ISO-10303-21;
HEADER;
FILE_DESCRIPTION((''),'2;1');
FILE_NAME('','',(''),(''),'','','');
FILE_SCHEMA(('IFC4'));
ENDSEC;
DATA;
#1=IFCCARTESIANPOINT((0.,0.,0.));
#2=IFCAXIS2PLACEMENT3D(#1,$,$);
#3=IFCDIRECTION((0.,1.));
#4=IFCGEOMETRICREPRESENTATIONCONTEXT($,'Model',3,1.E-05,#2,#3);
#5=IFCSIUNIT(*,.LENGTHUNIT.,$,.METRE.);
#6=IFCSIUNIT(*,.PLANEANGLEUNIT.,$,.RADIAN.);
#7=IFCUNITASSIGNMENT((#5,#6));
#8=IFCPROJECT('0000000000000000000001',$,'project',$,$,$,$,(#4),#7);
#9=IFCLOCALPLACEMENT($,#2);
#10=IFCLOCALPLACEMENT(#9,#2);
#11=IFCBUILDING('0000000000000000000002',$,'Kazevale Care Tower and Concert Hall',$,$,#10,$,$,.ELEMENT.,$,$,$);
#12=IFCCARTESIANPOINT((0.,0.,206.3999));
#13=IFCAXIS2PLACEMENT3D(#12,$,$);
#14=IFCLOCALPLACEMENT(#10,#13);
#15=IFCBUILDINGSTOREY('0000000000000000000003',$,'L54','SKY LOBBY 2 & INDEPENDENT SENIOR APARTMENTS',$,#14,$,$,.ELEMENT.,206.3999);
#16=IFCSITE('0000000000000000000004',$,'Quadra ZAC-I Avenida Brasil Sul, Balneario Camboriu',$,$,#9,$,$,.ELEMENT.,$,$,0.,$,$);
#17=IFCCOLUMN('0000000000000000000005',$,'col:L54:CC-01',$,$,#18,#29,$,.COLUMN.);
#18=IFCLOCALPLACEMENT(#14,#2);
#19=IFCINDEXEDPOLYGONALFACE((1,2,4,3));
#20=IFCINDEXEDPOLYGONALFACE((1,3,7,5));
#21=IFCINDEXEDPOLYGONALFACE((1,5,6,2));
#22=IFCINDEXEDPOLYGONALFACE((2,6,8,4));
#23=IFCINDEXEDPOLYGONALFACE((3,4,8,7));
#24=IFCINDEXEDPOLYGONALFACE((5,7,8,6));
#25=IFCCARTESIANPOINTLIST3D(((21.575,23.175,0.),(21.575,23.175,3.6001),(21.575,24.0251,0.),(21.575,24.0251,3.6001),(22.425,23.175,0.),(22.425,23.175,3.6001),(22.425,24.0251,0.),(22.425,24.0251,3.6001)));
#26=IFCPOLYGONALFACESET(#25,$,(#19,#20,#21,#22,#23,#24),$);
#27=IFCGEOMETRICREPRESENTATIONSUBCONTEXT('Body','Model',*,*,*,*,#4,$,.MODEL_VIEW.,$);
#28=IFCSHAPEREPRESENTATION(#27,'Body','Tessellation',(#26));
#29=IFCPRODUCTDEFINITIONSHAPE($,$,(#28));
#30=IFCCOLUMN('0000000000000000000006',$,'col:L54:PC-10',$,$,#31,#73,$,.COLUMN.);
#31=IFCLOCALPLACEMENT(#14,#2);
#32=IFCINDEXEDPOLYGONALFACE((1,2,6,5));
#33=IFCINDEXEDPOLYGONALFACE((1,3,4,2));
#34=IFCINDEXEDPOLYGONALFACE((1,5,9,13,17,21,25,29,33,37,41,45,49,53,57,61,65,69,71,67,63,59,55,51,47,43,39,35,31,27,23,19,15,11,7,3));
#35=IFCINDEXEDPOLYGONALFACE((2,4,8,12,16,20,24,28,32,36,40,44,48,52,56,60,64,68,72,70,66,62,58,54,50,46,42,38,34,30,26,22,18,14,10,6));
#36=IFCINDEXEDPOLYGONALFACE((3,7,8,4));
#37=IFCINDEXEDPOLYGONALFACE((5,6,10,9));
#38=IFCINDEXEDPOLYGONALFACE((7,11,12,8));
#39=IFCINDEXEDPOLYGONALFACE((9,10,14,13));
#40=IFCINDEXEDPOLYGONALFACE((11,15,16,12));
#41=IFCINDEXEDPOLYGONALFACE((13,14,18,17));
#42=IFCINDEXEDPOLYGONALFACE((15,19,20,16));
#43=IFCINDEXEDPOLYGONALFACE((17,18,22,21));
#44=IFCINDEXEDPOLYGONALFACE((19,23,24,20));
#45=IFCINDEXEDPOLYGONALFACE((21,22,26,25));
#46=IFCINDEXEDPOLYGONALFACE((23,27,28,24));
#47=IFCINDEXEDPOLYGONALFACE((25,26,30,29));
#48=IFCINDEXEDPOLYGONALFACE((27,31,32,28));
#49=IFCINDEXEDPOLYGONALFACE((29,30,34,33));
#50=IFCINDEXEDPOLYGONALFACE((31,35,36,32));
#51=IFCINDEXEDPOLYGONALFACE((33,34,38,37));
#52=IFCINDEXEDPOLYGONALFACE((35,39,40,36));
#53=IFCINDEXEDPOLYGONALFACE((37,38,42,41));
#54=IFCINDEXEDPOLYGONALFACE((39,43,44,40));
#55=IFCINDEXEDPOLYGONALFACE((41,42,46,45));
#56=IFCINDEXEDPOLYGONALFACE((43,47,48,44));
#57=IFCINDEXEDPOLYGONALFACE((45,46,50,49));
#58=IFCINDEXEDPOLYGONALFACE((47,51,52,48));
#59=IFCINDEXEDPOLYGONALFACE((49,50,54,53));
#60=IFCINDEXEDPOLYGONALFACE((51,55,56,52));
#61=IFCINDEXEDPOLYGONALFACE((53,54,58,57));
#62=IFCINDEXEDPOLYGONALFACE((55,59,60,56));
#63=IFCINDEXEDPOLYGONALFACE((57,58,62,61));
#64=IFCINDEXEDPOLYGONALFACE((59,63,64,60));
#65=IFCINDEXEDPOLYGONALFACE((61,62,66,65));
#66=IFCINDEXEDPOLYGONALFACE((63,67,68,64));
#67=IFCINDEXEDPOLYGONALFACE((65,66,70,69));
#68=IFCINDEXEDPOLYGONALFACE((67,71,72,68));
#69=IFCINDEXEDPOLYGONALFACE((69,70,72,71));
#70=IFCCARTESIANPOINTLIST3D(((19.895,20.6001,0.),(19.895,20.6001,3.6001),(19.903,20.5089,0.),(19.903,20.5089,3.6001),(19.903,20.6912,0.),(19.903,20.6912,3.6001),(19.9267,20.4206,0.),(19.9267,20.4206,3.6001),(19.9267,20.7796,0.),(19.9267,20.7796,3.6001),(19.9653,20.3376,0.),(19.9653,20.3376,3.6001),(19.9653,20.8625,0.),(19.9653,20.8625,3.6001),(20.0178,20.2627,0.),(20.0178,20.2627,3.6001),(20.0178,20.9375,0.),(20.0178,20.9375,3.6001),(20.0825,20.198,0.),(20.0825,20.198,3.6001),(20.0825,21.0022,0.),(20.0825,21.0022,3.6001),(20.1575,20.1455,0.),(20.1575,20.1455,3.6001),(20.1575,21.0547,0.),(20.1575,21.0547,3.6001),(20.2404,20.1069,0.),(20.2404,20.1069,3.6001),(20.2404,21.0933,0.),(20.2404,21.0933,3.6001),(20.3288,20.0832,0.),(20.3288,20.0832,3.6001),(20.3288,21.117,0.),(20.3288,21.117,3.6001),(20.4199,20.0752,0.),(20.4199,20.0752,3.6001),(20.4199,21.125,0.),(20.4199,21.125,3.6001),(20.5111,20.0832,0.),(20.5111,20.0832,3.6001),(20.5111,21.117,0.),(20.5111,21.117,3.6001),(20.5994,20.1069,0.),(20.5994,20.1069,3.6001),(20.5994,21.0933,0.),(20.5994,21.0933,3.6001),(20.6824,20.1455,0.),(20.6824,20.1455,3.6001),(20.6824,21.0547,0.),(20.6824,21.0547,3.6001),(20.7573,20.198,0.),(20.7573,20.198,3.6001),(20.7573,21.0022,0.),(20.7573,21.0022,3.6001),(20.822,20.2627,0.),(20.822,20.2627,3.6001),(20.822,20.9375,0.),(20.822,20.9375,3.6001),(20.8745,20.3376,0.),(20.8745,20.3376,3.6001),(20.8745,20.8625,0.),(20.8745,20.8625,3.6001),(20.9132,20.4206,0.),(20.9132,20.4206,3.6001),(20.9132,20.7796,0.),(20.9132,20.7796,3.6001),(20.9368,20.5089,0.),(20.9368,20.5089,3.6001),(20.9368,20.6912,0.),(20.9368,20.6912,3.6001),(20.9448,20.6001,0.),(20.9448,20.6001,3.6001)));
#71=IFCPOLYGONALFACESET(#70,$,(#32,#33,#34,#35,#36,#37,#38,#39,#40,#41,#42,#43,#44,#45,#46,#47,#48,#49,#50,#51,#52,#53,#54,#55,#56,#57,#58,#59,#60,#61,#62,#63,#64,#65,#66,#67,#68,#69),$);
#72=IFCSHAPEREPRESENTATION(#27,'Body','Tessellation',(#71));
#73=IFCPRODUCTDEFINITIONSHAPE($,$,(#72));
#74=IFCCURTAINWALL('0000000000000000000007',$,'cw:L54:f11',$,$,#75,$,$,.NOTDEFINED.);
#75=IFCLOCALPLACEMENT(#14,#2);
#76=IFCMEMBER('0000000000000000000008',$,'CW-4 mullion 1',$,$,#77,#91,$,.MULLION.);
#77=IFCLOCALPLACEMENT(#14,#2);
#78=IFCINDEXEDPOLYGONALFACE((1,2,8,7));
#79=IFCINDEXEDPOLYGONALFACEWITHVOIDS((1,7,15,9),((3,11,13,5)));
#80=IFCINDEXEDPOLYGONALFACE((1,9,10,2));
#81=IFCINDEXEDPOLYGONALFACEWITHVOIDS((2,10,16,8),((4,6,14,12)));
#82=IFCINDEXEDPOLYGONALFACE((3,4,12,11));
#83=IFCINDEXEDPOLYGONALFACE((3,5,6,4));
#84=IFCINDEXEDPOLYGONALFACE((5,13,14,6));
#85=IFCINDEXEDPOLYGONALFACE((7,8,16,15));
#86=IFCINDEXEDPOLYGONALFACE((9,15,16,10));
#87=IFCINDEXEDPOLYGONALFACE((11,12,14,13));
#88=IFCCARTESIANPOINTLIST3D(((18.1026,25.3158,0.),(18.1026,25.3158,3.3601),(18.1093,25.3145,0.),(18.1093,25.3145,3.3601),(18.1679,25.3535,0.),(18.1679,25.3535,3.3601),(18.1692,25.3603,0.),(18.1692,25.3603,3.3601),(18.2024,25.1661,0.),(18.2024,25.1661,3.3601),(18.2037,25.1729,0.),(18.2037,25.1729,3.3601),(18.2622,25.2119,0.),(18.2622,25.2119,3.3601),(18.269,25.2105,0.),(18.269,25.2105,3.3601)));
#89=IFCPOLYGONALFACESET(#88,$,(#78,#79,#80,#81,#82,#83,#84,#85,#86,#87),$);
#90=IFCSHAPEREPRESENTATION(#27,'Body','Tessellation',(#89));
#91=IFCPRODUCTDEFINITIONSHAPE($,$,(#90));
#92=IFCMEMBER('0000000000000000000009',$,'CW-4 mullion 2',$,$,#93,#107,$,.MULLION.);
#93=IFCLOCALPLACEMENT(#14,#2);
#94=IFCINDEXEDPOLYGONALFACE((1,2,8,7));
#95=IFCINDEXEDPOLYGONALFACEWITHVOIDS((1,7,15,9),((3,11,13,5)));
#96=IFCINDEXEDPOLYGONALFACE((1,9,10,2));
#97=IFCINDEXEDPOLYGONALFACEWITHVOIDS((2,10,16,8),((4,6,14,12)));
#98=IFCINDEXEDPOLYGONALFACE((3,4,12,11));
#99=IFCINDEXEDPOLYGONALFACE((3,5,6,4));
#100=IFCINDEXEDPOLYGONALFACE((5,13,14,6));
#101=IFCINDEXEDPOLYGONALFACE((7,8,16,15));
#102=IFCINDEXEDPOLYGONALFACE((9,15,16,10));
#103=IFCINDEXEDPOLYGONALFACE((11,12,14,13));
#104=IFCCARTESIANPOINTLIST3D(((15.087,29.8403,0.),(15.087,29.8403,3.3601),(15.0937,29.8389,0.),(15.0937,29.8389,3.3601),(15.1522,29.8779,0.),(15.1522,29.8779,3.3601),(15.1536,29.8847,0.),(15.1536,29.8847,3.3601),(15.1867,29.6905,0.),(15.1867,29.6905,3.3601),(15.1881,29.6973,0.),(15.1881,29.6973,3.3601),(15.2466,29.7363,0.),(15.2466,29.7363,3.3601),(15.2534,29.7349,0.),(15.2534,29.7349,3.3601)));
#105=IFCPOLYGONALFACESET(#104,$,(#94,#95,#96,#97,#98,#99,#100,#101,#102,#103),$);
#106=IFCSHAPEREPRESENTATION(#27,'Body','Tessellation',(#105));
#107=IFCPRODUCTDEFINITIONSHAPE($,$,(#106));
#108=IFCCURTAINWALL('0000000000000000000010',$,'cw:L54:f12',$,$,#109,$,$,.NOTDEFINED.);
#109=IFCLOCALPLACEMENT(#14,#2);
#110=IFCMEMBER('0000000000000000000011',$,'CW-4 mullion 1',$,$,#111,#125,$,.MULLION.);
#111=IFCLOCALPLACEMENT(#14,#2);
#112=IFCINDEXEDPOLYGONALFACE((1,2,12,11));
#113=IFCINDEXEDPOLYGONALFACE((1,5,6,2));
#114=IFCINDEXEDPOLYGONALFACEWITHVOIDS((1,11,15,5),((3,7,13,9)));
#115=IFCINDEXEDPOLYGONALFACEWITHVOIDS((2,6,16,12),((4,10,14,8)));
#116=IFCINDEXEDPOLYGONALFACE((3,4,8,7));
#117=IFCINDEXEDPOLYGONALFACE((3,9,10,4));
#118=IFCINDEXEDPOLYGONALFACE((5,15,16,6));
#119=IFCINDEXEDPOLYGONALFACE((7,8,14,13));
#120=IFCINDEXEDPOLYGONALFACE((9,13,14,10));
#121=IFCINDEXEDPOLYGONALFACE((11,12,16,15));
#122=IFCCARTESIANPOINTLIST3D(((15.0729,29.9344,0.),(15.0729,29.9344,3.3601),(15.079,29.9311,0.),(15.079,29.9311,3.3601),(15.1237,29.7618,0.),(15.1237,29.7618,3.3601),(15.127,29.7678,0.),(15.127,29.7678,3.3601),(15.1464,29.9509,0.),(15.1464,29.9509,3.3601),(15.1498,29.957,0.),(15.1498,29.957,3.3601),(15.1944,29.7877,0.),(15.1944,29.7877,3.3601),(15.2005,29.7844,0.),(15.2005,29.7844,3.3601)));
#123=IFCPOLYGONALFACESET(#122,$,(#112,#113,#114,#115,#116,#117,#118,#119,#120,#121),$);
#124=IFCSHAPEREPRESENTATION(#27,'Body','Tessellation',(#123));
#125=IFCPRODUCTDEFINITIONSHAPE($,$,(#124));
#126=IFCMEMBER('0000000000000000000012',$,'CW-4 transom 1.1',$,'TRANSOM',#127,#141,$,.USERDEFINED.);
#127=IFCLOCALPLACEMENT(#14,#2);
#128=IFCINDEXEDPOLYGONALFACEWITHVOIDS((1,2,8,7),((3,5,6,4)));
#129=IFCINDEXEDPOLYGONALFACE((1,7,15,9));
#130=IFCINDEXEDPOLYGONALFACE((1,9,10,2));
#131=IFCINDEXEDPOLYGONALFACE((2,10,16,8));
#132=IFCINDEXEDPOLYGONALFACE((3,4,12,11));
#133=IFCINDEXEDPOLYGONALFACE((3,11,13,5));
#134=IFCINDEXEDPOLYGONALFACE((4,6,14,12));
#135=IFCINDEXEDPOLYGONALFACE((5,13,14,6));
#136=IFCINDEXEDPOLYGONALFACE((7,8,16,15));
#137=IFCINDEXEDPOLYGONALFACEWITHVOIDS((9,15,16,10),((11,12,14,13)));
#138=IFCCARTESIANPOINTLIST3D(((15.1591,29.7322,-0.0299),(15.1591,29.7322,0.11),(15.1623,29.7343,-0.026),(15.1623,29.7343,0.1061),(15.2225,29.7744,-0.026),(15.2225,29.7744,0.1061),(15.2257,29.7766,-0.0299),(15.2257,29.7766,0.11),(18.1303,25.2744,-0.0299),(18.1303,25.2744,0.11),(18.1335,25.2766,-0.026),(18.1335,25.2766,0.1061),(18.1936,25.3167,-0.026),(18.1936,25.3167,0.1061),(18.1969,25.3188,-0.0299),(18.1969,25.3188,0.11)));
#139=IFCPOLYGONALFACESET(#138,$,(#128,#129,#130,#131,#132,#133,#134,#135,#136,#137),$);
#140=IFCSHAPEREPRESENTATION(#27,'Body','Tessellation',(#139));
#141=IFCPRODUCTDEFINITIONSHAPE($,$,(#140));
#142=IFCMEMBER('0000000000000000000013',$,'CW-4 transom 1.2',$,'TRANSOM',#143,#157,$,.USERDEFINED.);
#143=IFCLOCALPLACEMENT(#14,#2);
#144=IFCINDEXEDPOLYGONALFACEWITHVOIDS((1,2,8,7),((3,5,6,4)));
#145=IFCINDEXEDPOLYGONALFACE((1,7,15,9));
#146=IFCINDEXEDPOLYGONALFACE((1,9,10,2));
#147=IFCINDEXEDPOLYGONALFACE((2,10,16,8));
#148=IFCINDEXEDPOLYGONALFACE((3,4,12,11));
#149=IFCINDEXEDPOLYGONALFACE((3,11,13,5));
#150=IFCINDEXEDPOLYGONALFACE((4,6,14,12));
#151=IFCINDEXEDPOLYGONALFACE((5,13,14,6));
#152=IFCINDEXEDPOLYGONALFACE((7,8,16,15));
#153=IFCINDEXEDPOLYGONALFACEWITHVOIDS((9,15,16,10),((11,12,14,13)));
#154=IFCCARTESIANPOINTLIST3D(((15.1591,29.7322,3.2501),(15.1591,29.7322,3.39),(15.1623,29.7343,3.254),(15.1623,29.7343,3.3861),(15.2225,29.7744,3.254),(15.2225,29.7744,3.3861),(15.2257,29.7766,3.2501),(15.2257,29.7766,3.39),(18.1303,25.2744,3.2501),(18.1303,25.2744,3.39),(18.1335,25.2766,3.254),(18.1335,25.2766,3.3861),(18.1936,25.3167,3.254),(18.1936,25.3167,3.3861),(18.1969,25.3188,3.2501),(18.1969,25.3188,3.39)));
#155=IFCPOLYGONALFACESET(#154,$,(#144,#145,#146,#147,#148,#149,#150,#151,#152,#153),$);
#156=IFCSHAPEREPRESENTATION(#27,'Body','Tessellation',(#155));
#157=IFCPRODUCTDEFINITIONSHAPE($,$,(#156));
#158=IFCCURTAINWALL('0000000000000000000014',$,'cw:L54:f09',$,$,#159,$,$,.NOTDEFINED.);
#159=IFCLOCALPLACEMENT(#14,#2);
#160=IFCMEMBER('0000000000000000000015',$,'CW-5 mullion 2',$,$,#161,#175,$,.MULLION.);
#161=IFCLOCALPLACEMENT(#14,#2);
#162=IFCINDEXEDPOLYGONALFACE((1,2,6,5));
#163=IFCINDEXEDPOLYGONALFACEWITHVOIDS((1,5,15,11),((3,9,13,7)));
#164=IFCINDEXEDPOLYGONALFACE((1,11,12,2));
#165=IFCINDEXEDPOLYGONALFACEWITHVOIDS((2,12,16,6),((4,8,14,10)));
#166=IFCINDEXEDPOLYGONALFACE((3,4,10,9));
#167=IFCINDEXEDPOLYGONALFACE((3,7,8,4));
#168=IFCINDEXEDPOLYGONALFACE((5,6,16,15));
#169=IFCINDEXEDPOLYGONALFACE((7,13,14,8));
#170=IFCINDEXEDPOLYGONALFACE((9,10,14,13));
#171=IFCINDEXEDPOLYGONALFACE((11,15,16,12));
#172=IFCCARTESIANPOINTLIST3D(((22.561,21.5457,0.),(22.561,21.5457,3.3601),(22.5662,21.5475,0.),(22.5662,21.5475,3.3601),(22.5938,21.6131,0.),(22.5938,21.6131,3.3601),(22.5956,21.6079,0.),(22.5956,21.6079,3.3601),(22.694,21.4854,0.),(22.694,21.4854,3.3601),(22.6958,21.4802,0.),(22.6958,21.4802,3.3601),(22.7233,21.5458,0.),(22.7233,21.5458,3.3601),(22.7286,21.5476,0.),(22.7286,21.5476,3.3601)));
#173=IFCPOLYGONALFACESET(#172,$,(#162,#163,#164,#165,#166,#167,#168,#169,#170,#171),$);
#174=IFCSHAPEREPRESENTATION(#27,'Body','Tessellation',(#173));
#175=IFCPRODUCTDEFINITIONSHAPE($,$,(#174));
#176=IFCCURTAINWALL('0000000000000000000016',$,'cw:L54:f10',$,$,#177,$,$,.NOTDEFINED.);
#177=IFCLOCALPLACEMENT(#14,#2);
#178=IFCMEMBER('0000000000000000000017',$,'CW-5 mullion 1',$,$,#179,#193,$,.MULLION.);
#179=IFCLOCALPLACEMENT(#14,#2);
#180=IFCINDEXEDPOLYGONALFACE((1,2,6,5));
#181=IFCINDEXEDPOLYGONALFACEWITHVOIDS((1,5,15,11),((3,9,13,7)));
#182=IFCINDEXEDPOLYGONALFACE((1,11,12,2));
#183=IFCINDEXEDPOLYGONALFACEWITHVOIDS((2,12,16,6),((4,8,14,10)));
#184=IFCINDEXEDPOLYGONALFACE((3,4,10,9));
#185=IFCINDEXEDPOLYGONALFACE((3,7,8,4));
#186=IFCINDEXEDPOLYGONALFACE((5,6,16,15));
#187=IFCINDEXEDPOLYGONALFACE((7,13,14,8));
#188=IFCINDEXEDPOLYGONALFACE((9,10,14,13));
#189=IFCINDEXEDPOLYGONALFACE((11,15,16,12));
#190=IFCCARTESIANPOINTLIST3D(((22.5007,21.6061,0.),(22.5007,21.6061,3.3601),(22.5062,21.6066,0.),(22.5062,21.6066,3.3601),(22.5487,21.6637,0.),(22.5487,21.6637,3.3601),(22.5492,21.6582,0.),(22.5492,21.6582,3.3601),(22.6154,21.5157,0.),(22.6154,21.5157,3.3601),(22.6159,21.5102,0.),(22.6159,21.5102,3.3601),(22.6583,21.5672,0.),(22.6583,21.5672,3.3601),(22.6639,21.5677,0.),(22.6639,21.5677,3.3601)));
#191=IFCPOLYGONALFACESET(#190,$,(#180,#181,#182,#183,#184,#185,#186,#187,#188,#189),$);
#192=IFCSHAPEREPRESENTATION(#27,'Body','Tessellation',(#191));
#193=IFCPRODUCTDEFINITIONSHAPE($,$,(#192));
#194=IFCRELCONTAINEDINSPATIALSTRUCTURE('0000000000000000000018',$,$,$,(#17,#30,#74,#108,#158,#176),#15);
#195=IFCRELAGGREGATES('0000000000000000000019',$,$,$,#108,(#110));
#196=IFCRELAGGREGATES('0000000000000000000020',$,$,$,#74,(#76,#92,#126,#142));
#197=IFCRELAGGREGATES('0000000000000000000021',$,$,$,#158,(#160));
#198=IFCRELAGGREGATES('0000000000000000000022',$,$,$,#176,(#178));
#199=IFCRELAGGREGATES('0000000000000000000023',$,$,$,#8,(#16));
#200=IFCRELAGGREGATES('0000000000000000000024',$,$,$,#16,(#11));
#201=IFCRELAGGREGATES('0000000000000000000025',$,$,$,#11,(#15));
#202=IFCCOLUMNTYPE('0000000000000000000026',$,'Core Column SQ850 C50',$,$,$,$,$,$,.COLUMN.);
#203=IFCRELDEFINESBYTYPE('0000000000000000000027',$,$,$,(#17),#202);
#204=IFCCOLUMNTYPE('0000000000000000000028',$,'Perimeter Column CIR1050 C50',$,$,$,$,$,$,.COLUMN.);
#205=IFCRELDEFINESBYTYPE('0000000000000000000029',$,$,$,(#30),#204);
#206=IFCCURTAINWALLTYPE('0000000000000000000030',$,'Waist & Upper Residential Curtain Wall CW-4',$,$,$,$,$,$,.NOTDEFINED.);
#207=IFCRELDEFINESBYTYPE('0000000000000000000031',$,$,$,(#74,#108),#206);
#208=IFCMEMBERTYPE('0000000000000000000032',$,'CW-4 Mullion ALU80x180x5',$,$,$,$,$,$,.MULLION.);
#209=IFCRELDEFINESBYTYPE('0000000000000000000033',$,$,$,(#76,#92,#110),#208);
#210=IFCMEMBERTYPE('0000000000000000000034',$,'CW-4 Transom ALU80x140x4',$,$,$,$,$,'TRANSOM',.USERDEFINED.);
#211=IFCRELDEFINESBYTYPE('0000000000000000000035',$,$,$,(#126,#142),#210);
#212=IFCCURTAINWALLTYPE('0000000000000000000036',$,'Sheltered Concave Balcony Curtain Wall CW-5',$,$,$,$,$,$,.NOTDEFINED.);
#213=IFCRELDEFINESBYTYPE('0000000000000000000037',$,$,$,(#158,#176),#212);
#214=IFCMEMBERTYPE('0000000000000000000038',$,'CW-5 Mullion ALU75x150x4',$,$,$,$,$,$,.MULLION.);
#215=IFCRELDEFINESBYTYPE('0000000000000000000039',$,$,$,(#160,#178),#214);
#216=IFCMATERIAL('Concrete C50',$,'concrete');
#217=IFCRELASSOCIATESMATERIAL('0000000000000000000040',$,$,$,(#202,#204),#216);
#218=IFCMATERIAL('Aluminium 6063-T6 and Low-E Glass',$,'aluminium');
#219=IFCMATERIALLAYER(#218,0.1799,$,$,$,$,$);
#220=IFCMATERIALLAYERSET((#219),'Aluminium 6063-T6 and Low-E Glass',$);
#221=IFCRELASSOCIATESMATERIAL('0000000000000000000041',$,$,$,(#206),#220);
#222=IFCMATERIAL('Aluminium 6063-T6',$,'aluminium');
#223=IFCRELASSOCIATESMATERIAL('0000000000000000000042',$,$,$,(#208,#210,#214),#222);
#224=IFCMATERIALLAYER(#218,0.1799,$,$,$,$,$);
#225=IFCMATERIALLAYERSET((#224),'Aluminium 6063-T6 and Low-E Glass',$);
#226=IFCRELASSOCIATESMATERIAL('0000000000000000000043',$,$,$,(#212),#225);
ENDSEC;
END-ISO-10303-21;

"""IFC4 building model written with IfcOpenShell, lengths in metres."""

from ifc_helpers import new_model, si_unit, direction, frame, origin, origin_2d, place, context, subcontext, project, spatial, rectangle, hollow_rectangle, circle, extrude, material, layer, layer_set, material_profile, profile_set, type_object, element, aggregate, save


model = new_model("IFC4")

# Units and contexts
model_context = context("Model", 3, precision=1e-05, world=origin(), true_north=direction((0.0, 1.0)))
body_context = subcontext(model_context, "Body", "Model", "MODEL_VIEW")
ifc_project = project(units=[si_unit("LENGTHUNIT", "METRE"), si_unit("PLANEANGLEUNIT", "RADIAN")], contexts=[model_context])

# Site, building, storey
site_placement = place(None, origin())
site = spatial("IfcSite", under=ifc_project, at=site_placement, Name="Quadra ZAC-I Avenida Brasil Sul, Balneario Camboriu", CompositionType="ELEMENT", RefElevation=0.0)
building_placement = place(site_placement, origin())
building = spatial("IfcBuilding", under=site, at=building_placement, Name="Kazevale Care Tower and Concert Hall", CompositionType="ELEMENT")
storey_placement = place(building_placement, frame((0.0, 0.0, 206.3999)))
storey = spatial("IfcBuildingStorey", under=building, at=storey_placement, Name="L54", Description="SKY LOBBY 2 & INDEPENDENT SENIOR APARTMENTS", CompositionType="ELEMENT", Elevation=206.3999)

# Columns
ifc_material_1 = material(Name="Concrete C50", Category="concrete")
ifc_material_profile_1 = material_profile(ifc_material_1, rectangle(XDim=0.8501, YDim=0.8501, at=origin_2d()), Name="RC-SQ850")
ifc_profile_set_1 = profile_set([ifc_material_profile_1], Name="Concrete C50")
column_type_1 = type_object("IfcColumnType", Name="Core Column SQ850 C50", PredefinedType="COLUMN", material=ifc_profile_set_1)
column_1_placement = place(storey_placement, frame((22.0, 23.6001, 0.0), z_axis=(0.0, 0.0, 1.0), x_axis=(1.0, 0.0, 0.0)))
element("IfcColumn", 1, at=column_1_placement, inside=storey, type_object=column_type_1, Name="col:L54:CC-01", PredefinedType="COLUMN", context=body_context, shape_type="SweptSolid", body=[
    extrude(rectangle(XDim=0.8501, YDim=0.8501, at=origin_2d()), origin(), (0.0, 0.0, 1.0), 3.6001),
])
ifc_material_profile_2 = material_profile(ifc_material_1, circle(Radius=0.5249, at=origin_2d()), Name="RC-CIR1050")
ifc_profile_set_2 = profile_set([ifc_material_profile_2], Name="Concrete C50")
column_type_2 = type_object("IfcColumnType", Name="Perimeter Column CIR1050 C50", PredefinedType="COLUMN", material=ifc_profile_set_2)
column_2_placement = place(storey_placement, frame((20.4199, 20.6001, 0.0), z_axis=(0.0, 0.0, 1.0), x_axis=(1.0, 0.0, 0.0)))
element("IfcColumn", 2, at=column_2_placement, inside=storey, type_object=column_type_2, Name="col:L54:PC-10", PredefinedType="COLUMN", context=body_context, shape_type="SweptSolid", body=[
    extrude(circle(Radius=0.5249, at=origin_2d()), origin(), (0.0, 0.0, 1.0), 3.6001),
])

# Curtain wall, members
ifc_material_2 = material(Name="Aluminium 6063-T6 and Low-E Glass", Category="aluminium")
ifc_layer_1 = layer(ifc_material_2, 0.1799)
ifc_layer_set_1 = layer_set([ifc_layer_1], Name="Aluminium 6063-T6 and Low-E Glass")
curtain_wall_type_1 = type_object("IfcCurtainWallType", Name="Waist & Upper Residential Curtain Wall CW-4", PredefinedType="NOTDEFINED", material=ifc_layer_set_1)
curtain_wall_1_placement = place(storey_placement, origin())
curtain_wall_1 = element("IfcCurtainWall", 3, at=curtain_wall_1_placement, inside=storey, type_object=curtain_wall_type_1, Name="cw:L54:f11", PredefinedType="NOTDEFINED")
ifc_material_3 = material(Name="Aluminium 6063-T6", Category="aluminium")
ifc_material_profile_3 = material_profile(ifc_material_3, hollow_rectangle(XDim=0.0801, YDim=0.1799, WallThickness=0.0049, at=origin_2d()), Name="ALU80x180x5")
ifc_profile_set_3 = profile_set([ifc_material_profile_3], Name="Aluminium 6063-T6")
member_type_1 = type_object("IfcMemberType", Name="CW-4 Mullion ALU80x180x5", PredefinedType="MULLION", material=ifc_profile_set_3)
member_1_placement = place(storey_placement, frame((18.1858, 25.2632, 0.0), z_axis=(0.0, 0.0, 1.0), x_axis=(-0.832106, -0.554617, 0.0)))
member_1 = element("IfcMember", 4, at=member_1_placement, type_object=member_type_1, Name="CW-4 mullion 1", PredefinedType="MULLION", context=body_context, shape_type="SweptSolid", body=[
    extrude(hollow_rectangle(XDim=0.0801, YDim=0.1799, WallThickness=0.0049, at=origin_2d()), origin(), (0.0, 0.0, 1.0), 3.3601),
])
member_2_placement = place(storey_placement, frame((15.1702, 29.7876, 0.0), z_axis=(0.0, 0.0, 1.0), x_axis=(-0.832106, -0.554617, 0.0)))
member_2 = element("IfcMember", 5, at=member_2_placement, type_object=member_type_1, Name="CW-4 mullion 2", PredefinedType="MULLION", context=body_context, shape_type="SweptSolid", body=[
    extrude(hollow_rectangle(XDim=0.0801, YDim=0.1799, WallThickness=0.0049, at=origin_2d()), origin(), (0.0, 0.0, 1.0), 3.3601),
])

# Curtain wall, member
curtain_wall_2_placement = place(storey_placement, origin())
curtain_wall_2 = element("IfcCurtainWall", 6, at=curtain_wall_2_placement, inside=storey, type_object=curtain_wall_type_1, Name="cw:L54:f12", PredefinedType="NOTDEFINED")
member_3_placement = place(storey_placement, frame((15.1367, 29.8594, 0.0), z_axis=(0.0, 0.0, 1.0), x_axis=(-0.959386, -0.282098, 0.0)))
member_3 = element("IfcMember", 7, at=member_3_placement, type_object=member_type_1, Name="CW-4 mullion 1", PredefinedType="MULLION", context=body_context, shape_type="SweptSolid", body=[
    extrude(hollow_rectangle(XDim=0.0801, YDim=0.1799, WallThickness=0.0049, at=origin_2d()), origin(), (0.0, 0.0, 1.0), 3.3601),
])
aggregate(curtain_wall_2, [member_3])

# Members
ifc_material_profile_4 = material_profile(ifc_material_3, hollow_rectangle(XDim=0.0801, YDim=0.1399, WallThickness=0.0039, at=origin_2d()), Name="ALU80x140x4")
ifc_profile_set_4 = profile_set([ifc_material_profile_4], Name="Aluminium 6063-T6")
member_type_2 = type_object("IfcMemberType", Name="CW-4 Transom ALU80x140x4", ElementType="TRANSOM", PredefinedType="USERDEFINED", material=ifc_profile_set_4)
member_4_placement = place(storey_placement, frame((18.1636, 25.2966, 0.04), z_axis=(-0.554616, 0.832106, 0.0), x_axis=(-0.832106, -0.554616, 0.0)))
member_4 = element("IfcMember", 8, at=member_4_placement, type_object=member_type_2, Name="CW-4 transom 1.1", ObjectType="TRANSOM", PredefinedType="USERDEFINED", context=body_context, shape_type="SweptSolid", body=[
    extrude(hollow_rectangle(XDim=0.0801, YDim=0.1399, WallThickness=0.0039, at=origin_2d()), origin(), (0.0, 0.0, 1.0), 5.3572),
])
member_5_placement = place(storey_placement, frame((18.1636, 25.2966, 3.3201), z_axis=(-0.554616, 0.832106, 0.0), x_axis=(-0.832106, -0.554616, 0.0)))
member_5 = element("IfcMember", 9, at=member_5_placement, type_object=member_type_2, Name="CW-4 transom 1.2", ObjectType="TRANSOM", PredefinedType="USERDEFINED", context=body_context, shape_type="SweptSolid", body=[
    extrude(hollow_rectangle(XDim=0.0801, YDim=0.1399, WallThickness=0.0039, at=origin_2d()), origin(), (0.0, 0.0, 1.0), 5.3572),
])

# Curtain wall, member
ifc_layer_2 = layer(ifc_material_2, 0.1799)
ifc_layer_set_2 = layer_set([ifc_layer_2], Name="Aluminium 6063-T6 and Low-E Glass")
curtain_wall_type_2 = type_object("IfcCurtainWallType", Name="Sheltered Concave Balcony Curtain Wall CW-5", PredefinedType="NOTDEFINED", material=ifc_layer_set_2)
curtain_wall_3_placement = place(storey_placement, origin())
curtain_wall_3 = element("IfcCurtainWall", 10, at=curtain_wall_3_placement, inside=storey, type_object=curtain_wall_type_2, Name="cw:L54:f09", PredefinedType="NOTDEFINED")
ifc_material_profile_5 = material_profile(ifc_material_3, hollow_rectangle(XDim=0.075, YDim=0.1499, WallThickness=0.0039, at=origin_2d()), Name="ALU75x150x4")
ifc_profile_set_5 = profile_set([ifc_material_profile_5], Name="Aluminium 6063-T6")
member_type_3 = type_object("IfcMemberType", Name="CW-5 Mullion ALU75x150x4", PredefinedType="MULLION", material=ifc_profile_set_5)
member_6_placement = place(storey_placement, frame((22.6448, 21.5466, 0.0), z_axis=(0.0, 0.0, 1.0), x_axis=(-0.437238, -0.899346, 0.0)))
member_6 = element("IfcMember", 11, at=member_6_placement, type_object=member_type_3, Name="CW-5 mullion 2", PredefinedType="MULLION", context=body_context, shape_type="SweptSolid", body=[
    extrude(hollow_rectangle(XDim=0.075, YDim=0.1499, WallThickness=0.0039, at=origin_2d()), origin(), (0.0, 0.0, 1.0), 3.3601),
])

# Curtain wall, member
curtain_wall_4_placement = place(storey_placement, origin())
curtain_wall_4 = element("IfcCurtainWall", 12, at=curtain_wall_4_placement, inside=storey, type_object=curtain_wall_type_2, Name="cw:L54:f10", PredefinedType="NOTDEFINED")
member_7_placement = place(storey_placement, frame((22.5823, 21.5869, 0.0), z_axis=(0.0, 0.0, 1.0), x_axis=(-0.639961, -0.768407, 0.0)))
member_7 = element("IfcMember", 13, at=member_7_placement, type_object=member_type_3, Name="CW-5 mullion 1", PredefinedType="MULLION", context=body_context, shape_type="SweptSolid", body=[
    extrude(hollow_rectangle(XDim=0.075, YDim=0.1499, WallThickness=0.0039, at=origin_2d()), origin(), (0.0, 0.0, 1.0), 3.3601),
])

aggregate(curtain_wall_1, [member_1, member_2, member_4, member_5])
aggregate(curtain_wall_3, [member_6])
aggregate(curtain_wall_4, [member_7])

save(model, "model.ifc")
